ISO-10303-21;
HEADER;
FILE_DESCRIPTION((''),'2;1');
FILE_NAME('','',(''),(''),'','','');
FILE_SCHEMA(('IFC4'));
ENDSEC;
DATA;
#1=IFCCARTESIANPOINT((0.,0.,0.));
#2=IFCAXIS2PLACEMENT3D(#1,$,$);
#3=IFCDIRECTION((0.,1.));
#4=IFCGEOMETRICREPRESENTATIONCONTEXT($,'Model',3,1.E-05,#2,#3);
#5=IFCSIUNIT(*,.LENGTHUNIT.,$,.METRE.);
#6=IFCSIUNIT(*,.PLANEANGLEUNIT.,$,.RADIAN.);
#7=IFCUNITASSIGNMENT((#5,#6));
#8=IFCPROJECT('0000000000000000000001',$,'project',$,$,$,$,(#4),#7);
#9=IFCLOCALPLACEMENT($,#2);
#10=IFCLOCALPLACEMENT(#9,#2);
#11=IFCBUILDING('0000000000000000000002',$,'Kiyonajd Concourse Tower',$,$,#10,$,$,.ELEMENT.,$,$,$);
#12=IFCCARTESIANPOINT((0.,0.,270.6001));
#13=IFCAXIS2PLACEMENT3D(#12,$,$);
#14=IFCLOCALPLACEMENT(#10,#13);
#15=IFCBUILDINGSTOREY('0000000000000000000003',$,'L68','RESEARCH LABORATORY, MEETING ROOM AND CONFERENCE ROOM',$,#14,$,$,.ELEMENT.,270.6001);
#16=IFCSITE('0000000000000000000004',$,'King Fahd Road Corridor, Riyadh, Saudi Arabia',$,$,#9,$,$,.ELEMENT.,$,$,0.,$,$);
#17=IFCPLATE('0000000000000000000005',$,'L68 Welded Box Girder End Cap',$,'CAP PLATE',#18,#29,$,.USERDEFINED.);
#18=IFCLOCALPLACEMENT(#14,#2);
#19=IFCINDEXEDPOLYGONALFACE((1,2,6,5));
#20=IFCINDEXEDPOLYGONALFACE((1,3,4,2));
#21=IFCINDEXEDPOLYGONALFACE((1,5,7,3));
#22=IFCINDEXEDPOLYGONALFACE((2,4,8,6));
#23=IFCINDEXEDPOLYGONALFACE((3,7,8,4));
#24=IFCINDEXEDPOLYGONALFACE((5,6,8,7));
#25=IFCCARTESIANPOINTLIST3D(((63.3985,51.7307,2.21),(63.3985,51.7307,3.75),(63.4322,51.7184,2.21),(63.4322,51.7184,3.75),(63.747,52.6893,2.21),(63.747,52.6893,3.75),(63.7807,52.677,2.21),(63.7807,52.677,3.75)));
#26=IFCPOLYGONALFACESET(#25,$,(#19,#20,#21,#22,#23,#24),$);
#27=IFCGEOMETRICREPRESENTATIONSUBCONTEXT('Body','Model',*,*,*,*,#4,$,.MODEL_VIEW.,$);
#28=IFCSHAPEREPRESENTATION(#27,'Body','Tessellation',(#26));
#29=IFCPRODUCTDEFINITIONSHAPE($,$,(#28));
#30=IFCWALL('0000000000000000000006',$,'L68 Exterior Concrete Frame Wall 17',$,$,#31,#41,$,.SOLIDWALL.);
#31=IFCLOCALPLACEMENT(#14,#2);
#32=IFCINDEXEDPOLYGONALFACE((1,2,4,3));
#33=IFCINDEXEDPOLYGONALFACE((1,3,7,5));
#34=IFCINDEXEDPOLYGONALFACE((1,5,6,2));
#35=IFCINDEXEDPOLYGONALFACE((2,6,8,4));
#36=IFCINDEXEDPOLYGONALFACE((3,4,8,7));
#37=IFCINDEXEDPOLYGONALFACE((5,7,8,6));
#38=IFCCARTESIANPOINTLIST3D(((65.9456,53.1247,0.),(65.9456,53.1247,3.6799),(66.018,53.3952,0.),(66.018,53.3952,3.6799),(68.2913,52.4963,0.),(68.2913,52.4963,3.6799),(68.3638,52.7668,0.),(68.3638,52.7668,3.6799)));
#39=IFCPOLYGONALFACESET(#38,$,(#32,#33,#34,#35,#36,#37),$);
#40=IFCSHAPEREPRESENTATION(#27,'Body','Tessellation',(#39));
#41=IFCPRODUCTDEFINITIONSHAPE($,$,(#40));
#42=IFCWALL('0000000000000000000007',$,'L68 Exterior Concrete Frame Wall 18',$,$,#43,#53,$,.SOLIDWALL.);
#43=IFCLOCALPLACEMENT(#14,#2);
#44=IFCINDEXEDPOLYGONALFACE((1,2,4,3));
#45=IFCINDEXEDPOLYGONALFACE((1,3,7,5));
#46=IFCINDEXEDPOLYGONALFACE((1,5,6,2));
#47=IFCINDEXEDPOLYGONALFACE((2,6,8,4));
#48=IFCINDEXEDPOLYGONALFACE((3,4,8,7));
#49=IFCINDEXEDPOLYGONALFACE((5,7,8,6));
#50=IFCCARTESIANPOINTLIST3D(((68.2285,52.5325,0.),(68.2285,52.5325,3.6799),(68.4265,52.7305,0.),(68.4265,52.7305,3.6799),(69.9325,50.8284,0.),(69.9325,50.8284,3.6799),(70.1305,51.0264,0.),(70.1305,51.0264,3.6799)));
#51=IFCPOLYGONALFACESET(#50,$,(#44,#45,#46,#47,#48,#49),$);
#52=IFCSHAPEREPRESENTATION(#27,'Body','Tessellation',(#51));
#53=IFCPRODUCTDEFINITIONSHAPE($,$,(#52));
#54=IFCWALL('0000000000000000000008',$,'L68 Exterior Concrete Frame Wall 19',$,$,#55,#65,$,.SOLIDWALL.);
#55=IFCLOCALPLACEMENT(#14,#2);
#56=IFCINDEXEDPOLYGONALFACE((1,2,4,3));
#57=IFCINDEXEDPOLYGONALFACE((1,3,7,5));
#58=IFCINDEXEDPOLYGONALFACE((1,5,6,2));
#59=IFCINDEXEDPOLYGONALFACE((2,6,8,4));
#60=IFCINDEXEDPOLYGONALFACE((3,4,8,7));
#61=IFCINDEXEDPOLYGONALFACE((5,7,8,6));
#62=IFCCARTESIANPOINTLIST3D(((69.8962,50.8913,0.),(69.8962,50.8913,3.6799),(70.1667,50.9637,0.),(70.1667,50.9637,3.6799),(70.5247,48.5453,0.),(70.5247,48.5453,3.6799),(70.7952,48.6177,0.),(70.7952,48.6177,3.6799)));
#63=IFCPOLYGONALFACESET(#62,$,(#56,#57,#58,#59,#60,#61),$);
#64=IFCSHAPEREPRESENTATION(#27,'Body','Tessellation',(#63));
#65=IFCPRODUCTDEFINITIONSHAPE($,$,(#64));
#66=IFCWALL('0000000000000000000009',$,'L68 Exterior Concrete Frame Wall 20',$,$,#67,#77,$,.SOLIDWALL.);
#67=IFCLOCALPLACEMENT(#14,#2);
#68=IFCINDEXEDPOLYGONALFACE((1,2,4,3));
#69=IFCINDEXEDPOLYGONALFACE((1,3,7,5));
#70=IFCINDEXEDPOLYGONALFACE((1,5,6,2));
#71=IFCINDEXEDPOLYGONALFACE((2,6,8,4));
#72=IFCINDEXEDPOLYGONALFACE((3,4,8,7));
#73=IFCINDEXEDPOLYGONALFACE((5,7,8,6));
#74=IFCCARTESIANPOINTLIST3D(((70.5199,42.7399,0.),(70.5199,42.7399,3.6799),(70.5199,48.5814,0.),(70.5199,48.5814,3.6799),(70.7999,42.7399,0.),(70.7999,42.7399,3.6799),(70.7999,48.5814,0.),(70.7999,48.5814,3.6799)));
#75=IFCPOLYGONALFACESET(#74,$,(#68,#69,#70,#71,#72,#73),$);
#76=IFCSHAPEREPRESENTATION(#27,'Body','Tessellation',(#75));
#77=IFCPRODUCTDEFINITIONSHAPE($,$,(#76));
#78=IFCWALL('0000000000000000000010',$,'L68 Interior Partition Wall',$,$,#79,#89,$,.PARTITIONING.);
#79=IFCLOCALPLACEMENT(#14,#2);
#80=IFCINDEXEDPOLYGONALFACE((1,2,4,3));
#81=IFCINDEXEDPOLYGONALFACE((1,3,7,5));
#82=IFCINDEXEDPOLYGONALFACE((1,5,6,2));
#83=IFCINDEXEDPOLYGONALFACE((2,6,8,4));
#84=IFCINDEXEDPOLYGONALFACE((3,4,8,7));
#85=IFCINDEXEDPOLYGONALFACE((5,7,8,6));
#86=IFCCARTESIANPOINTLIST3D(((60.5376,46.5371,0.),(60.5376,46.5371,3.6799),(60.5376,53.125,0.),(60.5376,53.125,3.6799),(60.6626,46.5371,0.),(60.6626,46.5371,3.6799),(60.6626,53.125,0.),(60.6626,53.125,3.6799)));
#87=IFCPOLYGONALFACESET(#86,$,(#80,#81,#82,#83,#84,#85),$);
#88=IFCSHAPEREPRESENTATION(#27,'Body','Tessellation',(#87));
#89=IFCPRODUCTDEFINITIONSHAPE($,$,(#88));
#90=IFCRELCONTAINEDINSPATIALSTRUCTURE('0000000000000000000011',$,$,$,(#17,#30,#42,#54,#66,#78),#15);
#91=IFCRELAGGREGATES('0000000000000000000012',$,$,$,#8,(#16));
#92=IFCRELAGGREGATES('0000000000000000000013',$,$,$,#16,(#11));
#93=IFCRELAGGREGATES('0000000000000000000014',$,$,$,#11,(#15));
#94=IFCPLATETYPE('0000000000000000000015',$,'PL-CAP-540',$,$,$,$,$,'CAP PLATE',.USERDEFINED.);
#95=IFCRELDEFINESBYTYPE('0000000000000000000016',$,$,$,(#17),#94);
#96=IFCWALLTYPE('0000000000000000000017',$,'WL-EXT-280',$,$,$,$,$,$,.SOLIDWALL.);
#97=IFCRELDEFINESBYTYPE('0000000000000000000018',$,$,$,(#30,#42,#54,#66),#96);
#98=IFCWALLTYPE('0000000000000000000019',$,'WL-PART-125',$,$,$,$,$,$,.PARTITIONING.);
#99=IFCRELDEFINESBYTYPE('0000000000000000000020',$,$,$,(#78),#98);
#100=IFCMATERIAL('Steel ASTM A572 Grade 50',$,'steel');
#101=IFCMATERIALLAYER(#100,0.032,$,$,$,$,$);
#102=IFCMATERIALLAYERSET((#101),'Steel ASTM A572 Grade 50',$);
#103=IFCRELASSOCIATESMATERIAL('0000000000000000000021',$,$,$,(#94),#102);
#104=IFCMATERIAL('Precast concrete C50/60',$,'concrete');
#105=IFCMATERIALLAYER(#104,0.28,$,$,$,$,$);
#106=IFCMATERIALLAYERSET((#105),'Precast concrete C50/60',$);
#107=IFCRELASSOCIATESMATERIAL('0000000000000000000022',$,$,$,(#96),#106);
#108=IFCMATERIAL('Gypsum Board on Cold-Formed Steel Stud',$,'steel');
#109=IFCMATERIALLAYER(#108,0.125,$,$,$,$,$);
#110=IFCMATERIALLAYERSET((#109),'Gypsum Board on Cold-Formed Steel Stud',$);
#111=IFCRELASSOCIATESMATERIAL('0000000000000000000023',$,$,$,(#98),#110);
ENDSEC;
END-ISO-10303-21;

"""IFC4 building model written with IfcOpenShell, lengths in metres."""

from ifc_helpers import new_model, si_unit, direction, frame, frame_2d, origin, origin_2d, place, context, subcontext, project, spatial, rectangle, extrude, material, layer, layer_set, type_object, element, save


model = new_model("IFC4")

# Units and contexts
model_context = context("Model", 3, precision=1e-05, world=origin(), true_north=direction((0.0, 1.0)))
body_context = subcontext(model_context, "Body", "Model", "MODEL_VIEW")
ifc_project = project(units=[si_unit("LENGTHUNIT", "METRE"), si_unit("PLANEANGLEUNIT", "RADIAN")], contexts=[model_context])

# Site, building, storey
site_placement = place(None, origin())
site = spatial("IfcSite", under=ifc_project, at=site_placement, Name="King Fahd Road Corridor, Riyadh, Saudi Arabia", CompositionType="ELEMENT", RefElevation=0.0)
building_placement = place(site_placement, origin())
building = spatial("IfcBuilding", under=site, at=building_placement, Name="Kiyonajd Concourse Tower", CompositionType="ELEMENT")
storey_placement = place(building_placement, frame((0.0, 0.0, 270.6001)))
storey = spatial("IfcBuildingStorey", under=building, at=storey_placement, Name="L68", Description="RESEARCH LABORATORY, MEETING ROOM AND CONFERENCE ROOM", CompositionType="ELEMENT", Elevation=270.6001)

# Shared definitions
ifc_material_1 = material(Name="Steel ASTM A572 Grade 50", Category="steel")

# Plate
ifc_layer_1 = layer(ifc_material_1, 0.032)
ifc_layer_set_1 = layer_set([ifc_layer_1], Name="Steel ASTM A572 Grade 50")
plate_type_1 = type_object("IfcPlateType", Name="PL-CAP-540", ElementType="CAP PLATE", PredefinedType="USERDEFINED", material=ifc_layer_set_1)
for number, where, z_axis, x_axis, name in (
    (1, (63.5896, 52.2039, 2.21), (0.0, 0.0, 1.0), (-0.939812, 0.341692, 0.0), "L68 Welded Box Girder End Cap"),
):
    element("IfcPlate", number, at=place(storey_placement, frame(where, z_axis=z_axis, x_axis=x_axis)), inside=storey, type_object=plate_type_1, Name=name, ObjectType="CAP PLATE", PredefinedType="USERDEFINED", context=body_context, shape_type="SweptSolid", body=[
        extrude(rectangle(XDim=0.0359, YDim=1.02, at=origin_2d()), origin(), (0.0, 0.0, 1.0), 1.54),
    ])

# Walls
ifc_material_2 = material(Name="Precast concrete C50/60", Category="concrete")
ifc_layer_2 = layer(ifc_material_2, 0.28)
ifc_layer_set_2 = layer_set([ifc_layer_2], Name="Precast concrete C50/60")
wall_type_1 = type_object("IfcWallType", Name="WL-EXT-280", PredefinedType="SOLIDWALL", material=ifc_layer_set_2)
wall_1_placement = place(storey_placement, frame((65.9817, 53.26, 0.0), z_axis=(0.0, 0.0, 1.0), x_axis=(0.965937, -0.258776, 0.0)))
element("IfcWall", 2, at=wall_1_placement, inside=storey, type_object=wall_type_1, Name="L68 Exterior Concrete Frame Wall 17", PredefinedType="SOLIDWALL", context=body_context, shape_type="SweptSolid", body=[
    extrude(rectangle(XDim=2.4285, YDim=0.28, at=frame_2d((1.2144, 0.0))), origin(), (0.0, 0.0, 1.0), 3.6799),
])
wall_2_placement = place(storey_placement, frame((68.3274, 52.6316, 0.0), z_axis=(0.0, 0.0, 1.0), x_axis=(0.707107, -0.707107, 0.0)))
element("IfcWall", 3, at=wall_2_placement, inside=storey, type_object=wall_type_1, Name="L68 Exterior Concrete Frame Wall 18", PredefinedType="SOLIDWALL", context=body_context, shape_type="SweptSolid", body=[
    extrude(rectangle(XDim=2.4099, YDim=0.28, at=frame_2d((1.2051, 0.0))), origin(), (0.0, 0.0, 1.0), 3.6799),
])
wall_3_placement = place(storey_placement, frame((70.0315, 50.9275, 0.0), z_axis=(0.0, 0.0, 1.0), x_axis=(0.258751, -0.965944, 0.0)))
element("IfcWall", 4, at=wall_3_placement, inside=storey, type_object=wall_type_1, Name="L68 Exterior Concrete Frame Wall 19", PredefinedType="SOLIDWALL", context=body_context, shape_type="SweptSolid", body=[
    extrude(rectangle(XDim=2.4287, YDim=0.28, at=frame_2d((1.2144, 0.0))), origin(), (0.0, 0.0, 1.0), 3.6799),
])
wall_4_placement = place(storey_placement, frame((70.6599, 48.5815, 0.0), z_axis=(0.0, 0.0, 1.0), x_axis=(0.0, -1.0, 0.0)))
element("IfcWall", 5, at=wall_4_placement, inside=storey, type_object=wall_type_1, Name="L68 Exterior Concrete Frame Wall 20", PredefinedType="SOLIDWALL", context=body_context, shape_type="SweptSolid", body=[
    extrude(rectangle(XDim=5.8416, YDim=0.28, at=frame_2d((2.9209, 0.0))), origin(), (0.0, 0.0, 1.0), 3.6799),
])
ifc_material_3 = material(Name="Gypsum Board on Cold-Formed Steel Stud", Category="steel")
ifc_layer_3 = layer(ifc_material_3, 0.125)
ifc_layer_set_3 = layer_set([ifc_layer_3], Name="Gypsum Board on Cold-Formed Steel Stud")
wall_type_2 = type_object("IfcWallType", Name="WL-PART-125", PredefinedType="PARTITIONING", material=ifc_layer_set_3)
wall_5_placement = place(storey_placement, frame((60.6001, 46.5371, 0.0), z_axis=(0.0, 0.0, 1.0), x_axis=(0.0, 1.0, 0.0)))
element("IfcWall", 6, at=wall_5_placement, inside=storey, type_object=wall_type_2, Name="L68 Interior Partition Wall", PredefinedType="PARTITIONING", context=body_context, shape_type="SweptSolid", body=[
    extrude(rectangle(XDim=6.5879, YDim=0.125, at=frame_2d((3.2939, 0.0))), origin(), (0.0, 0.0, 1.0), 3.6799),
])

save(model, "model.ifc")
